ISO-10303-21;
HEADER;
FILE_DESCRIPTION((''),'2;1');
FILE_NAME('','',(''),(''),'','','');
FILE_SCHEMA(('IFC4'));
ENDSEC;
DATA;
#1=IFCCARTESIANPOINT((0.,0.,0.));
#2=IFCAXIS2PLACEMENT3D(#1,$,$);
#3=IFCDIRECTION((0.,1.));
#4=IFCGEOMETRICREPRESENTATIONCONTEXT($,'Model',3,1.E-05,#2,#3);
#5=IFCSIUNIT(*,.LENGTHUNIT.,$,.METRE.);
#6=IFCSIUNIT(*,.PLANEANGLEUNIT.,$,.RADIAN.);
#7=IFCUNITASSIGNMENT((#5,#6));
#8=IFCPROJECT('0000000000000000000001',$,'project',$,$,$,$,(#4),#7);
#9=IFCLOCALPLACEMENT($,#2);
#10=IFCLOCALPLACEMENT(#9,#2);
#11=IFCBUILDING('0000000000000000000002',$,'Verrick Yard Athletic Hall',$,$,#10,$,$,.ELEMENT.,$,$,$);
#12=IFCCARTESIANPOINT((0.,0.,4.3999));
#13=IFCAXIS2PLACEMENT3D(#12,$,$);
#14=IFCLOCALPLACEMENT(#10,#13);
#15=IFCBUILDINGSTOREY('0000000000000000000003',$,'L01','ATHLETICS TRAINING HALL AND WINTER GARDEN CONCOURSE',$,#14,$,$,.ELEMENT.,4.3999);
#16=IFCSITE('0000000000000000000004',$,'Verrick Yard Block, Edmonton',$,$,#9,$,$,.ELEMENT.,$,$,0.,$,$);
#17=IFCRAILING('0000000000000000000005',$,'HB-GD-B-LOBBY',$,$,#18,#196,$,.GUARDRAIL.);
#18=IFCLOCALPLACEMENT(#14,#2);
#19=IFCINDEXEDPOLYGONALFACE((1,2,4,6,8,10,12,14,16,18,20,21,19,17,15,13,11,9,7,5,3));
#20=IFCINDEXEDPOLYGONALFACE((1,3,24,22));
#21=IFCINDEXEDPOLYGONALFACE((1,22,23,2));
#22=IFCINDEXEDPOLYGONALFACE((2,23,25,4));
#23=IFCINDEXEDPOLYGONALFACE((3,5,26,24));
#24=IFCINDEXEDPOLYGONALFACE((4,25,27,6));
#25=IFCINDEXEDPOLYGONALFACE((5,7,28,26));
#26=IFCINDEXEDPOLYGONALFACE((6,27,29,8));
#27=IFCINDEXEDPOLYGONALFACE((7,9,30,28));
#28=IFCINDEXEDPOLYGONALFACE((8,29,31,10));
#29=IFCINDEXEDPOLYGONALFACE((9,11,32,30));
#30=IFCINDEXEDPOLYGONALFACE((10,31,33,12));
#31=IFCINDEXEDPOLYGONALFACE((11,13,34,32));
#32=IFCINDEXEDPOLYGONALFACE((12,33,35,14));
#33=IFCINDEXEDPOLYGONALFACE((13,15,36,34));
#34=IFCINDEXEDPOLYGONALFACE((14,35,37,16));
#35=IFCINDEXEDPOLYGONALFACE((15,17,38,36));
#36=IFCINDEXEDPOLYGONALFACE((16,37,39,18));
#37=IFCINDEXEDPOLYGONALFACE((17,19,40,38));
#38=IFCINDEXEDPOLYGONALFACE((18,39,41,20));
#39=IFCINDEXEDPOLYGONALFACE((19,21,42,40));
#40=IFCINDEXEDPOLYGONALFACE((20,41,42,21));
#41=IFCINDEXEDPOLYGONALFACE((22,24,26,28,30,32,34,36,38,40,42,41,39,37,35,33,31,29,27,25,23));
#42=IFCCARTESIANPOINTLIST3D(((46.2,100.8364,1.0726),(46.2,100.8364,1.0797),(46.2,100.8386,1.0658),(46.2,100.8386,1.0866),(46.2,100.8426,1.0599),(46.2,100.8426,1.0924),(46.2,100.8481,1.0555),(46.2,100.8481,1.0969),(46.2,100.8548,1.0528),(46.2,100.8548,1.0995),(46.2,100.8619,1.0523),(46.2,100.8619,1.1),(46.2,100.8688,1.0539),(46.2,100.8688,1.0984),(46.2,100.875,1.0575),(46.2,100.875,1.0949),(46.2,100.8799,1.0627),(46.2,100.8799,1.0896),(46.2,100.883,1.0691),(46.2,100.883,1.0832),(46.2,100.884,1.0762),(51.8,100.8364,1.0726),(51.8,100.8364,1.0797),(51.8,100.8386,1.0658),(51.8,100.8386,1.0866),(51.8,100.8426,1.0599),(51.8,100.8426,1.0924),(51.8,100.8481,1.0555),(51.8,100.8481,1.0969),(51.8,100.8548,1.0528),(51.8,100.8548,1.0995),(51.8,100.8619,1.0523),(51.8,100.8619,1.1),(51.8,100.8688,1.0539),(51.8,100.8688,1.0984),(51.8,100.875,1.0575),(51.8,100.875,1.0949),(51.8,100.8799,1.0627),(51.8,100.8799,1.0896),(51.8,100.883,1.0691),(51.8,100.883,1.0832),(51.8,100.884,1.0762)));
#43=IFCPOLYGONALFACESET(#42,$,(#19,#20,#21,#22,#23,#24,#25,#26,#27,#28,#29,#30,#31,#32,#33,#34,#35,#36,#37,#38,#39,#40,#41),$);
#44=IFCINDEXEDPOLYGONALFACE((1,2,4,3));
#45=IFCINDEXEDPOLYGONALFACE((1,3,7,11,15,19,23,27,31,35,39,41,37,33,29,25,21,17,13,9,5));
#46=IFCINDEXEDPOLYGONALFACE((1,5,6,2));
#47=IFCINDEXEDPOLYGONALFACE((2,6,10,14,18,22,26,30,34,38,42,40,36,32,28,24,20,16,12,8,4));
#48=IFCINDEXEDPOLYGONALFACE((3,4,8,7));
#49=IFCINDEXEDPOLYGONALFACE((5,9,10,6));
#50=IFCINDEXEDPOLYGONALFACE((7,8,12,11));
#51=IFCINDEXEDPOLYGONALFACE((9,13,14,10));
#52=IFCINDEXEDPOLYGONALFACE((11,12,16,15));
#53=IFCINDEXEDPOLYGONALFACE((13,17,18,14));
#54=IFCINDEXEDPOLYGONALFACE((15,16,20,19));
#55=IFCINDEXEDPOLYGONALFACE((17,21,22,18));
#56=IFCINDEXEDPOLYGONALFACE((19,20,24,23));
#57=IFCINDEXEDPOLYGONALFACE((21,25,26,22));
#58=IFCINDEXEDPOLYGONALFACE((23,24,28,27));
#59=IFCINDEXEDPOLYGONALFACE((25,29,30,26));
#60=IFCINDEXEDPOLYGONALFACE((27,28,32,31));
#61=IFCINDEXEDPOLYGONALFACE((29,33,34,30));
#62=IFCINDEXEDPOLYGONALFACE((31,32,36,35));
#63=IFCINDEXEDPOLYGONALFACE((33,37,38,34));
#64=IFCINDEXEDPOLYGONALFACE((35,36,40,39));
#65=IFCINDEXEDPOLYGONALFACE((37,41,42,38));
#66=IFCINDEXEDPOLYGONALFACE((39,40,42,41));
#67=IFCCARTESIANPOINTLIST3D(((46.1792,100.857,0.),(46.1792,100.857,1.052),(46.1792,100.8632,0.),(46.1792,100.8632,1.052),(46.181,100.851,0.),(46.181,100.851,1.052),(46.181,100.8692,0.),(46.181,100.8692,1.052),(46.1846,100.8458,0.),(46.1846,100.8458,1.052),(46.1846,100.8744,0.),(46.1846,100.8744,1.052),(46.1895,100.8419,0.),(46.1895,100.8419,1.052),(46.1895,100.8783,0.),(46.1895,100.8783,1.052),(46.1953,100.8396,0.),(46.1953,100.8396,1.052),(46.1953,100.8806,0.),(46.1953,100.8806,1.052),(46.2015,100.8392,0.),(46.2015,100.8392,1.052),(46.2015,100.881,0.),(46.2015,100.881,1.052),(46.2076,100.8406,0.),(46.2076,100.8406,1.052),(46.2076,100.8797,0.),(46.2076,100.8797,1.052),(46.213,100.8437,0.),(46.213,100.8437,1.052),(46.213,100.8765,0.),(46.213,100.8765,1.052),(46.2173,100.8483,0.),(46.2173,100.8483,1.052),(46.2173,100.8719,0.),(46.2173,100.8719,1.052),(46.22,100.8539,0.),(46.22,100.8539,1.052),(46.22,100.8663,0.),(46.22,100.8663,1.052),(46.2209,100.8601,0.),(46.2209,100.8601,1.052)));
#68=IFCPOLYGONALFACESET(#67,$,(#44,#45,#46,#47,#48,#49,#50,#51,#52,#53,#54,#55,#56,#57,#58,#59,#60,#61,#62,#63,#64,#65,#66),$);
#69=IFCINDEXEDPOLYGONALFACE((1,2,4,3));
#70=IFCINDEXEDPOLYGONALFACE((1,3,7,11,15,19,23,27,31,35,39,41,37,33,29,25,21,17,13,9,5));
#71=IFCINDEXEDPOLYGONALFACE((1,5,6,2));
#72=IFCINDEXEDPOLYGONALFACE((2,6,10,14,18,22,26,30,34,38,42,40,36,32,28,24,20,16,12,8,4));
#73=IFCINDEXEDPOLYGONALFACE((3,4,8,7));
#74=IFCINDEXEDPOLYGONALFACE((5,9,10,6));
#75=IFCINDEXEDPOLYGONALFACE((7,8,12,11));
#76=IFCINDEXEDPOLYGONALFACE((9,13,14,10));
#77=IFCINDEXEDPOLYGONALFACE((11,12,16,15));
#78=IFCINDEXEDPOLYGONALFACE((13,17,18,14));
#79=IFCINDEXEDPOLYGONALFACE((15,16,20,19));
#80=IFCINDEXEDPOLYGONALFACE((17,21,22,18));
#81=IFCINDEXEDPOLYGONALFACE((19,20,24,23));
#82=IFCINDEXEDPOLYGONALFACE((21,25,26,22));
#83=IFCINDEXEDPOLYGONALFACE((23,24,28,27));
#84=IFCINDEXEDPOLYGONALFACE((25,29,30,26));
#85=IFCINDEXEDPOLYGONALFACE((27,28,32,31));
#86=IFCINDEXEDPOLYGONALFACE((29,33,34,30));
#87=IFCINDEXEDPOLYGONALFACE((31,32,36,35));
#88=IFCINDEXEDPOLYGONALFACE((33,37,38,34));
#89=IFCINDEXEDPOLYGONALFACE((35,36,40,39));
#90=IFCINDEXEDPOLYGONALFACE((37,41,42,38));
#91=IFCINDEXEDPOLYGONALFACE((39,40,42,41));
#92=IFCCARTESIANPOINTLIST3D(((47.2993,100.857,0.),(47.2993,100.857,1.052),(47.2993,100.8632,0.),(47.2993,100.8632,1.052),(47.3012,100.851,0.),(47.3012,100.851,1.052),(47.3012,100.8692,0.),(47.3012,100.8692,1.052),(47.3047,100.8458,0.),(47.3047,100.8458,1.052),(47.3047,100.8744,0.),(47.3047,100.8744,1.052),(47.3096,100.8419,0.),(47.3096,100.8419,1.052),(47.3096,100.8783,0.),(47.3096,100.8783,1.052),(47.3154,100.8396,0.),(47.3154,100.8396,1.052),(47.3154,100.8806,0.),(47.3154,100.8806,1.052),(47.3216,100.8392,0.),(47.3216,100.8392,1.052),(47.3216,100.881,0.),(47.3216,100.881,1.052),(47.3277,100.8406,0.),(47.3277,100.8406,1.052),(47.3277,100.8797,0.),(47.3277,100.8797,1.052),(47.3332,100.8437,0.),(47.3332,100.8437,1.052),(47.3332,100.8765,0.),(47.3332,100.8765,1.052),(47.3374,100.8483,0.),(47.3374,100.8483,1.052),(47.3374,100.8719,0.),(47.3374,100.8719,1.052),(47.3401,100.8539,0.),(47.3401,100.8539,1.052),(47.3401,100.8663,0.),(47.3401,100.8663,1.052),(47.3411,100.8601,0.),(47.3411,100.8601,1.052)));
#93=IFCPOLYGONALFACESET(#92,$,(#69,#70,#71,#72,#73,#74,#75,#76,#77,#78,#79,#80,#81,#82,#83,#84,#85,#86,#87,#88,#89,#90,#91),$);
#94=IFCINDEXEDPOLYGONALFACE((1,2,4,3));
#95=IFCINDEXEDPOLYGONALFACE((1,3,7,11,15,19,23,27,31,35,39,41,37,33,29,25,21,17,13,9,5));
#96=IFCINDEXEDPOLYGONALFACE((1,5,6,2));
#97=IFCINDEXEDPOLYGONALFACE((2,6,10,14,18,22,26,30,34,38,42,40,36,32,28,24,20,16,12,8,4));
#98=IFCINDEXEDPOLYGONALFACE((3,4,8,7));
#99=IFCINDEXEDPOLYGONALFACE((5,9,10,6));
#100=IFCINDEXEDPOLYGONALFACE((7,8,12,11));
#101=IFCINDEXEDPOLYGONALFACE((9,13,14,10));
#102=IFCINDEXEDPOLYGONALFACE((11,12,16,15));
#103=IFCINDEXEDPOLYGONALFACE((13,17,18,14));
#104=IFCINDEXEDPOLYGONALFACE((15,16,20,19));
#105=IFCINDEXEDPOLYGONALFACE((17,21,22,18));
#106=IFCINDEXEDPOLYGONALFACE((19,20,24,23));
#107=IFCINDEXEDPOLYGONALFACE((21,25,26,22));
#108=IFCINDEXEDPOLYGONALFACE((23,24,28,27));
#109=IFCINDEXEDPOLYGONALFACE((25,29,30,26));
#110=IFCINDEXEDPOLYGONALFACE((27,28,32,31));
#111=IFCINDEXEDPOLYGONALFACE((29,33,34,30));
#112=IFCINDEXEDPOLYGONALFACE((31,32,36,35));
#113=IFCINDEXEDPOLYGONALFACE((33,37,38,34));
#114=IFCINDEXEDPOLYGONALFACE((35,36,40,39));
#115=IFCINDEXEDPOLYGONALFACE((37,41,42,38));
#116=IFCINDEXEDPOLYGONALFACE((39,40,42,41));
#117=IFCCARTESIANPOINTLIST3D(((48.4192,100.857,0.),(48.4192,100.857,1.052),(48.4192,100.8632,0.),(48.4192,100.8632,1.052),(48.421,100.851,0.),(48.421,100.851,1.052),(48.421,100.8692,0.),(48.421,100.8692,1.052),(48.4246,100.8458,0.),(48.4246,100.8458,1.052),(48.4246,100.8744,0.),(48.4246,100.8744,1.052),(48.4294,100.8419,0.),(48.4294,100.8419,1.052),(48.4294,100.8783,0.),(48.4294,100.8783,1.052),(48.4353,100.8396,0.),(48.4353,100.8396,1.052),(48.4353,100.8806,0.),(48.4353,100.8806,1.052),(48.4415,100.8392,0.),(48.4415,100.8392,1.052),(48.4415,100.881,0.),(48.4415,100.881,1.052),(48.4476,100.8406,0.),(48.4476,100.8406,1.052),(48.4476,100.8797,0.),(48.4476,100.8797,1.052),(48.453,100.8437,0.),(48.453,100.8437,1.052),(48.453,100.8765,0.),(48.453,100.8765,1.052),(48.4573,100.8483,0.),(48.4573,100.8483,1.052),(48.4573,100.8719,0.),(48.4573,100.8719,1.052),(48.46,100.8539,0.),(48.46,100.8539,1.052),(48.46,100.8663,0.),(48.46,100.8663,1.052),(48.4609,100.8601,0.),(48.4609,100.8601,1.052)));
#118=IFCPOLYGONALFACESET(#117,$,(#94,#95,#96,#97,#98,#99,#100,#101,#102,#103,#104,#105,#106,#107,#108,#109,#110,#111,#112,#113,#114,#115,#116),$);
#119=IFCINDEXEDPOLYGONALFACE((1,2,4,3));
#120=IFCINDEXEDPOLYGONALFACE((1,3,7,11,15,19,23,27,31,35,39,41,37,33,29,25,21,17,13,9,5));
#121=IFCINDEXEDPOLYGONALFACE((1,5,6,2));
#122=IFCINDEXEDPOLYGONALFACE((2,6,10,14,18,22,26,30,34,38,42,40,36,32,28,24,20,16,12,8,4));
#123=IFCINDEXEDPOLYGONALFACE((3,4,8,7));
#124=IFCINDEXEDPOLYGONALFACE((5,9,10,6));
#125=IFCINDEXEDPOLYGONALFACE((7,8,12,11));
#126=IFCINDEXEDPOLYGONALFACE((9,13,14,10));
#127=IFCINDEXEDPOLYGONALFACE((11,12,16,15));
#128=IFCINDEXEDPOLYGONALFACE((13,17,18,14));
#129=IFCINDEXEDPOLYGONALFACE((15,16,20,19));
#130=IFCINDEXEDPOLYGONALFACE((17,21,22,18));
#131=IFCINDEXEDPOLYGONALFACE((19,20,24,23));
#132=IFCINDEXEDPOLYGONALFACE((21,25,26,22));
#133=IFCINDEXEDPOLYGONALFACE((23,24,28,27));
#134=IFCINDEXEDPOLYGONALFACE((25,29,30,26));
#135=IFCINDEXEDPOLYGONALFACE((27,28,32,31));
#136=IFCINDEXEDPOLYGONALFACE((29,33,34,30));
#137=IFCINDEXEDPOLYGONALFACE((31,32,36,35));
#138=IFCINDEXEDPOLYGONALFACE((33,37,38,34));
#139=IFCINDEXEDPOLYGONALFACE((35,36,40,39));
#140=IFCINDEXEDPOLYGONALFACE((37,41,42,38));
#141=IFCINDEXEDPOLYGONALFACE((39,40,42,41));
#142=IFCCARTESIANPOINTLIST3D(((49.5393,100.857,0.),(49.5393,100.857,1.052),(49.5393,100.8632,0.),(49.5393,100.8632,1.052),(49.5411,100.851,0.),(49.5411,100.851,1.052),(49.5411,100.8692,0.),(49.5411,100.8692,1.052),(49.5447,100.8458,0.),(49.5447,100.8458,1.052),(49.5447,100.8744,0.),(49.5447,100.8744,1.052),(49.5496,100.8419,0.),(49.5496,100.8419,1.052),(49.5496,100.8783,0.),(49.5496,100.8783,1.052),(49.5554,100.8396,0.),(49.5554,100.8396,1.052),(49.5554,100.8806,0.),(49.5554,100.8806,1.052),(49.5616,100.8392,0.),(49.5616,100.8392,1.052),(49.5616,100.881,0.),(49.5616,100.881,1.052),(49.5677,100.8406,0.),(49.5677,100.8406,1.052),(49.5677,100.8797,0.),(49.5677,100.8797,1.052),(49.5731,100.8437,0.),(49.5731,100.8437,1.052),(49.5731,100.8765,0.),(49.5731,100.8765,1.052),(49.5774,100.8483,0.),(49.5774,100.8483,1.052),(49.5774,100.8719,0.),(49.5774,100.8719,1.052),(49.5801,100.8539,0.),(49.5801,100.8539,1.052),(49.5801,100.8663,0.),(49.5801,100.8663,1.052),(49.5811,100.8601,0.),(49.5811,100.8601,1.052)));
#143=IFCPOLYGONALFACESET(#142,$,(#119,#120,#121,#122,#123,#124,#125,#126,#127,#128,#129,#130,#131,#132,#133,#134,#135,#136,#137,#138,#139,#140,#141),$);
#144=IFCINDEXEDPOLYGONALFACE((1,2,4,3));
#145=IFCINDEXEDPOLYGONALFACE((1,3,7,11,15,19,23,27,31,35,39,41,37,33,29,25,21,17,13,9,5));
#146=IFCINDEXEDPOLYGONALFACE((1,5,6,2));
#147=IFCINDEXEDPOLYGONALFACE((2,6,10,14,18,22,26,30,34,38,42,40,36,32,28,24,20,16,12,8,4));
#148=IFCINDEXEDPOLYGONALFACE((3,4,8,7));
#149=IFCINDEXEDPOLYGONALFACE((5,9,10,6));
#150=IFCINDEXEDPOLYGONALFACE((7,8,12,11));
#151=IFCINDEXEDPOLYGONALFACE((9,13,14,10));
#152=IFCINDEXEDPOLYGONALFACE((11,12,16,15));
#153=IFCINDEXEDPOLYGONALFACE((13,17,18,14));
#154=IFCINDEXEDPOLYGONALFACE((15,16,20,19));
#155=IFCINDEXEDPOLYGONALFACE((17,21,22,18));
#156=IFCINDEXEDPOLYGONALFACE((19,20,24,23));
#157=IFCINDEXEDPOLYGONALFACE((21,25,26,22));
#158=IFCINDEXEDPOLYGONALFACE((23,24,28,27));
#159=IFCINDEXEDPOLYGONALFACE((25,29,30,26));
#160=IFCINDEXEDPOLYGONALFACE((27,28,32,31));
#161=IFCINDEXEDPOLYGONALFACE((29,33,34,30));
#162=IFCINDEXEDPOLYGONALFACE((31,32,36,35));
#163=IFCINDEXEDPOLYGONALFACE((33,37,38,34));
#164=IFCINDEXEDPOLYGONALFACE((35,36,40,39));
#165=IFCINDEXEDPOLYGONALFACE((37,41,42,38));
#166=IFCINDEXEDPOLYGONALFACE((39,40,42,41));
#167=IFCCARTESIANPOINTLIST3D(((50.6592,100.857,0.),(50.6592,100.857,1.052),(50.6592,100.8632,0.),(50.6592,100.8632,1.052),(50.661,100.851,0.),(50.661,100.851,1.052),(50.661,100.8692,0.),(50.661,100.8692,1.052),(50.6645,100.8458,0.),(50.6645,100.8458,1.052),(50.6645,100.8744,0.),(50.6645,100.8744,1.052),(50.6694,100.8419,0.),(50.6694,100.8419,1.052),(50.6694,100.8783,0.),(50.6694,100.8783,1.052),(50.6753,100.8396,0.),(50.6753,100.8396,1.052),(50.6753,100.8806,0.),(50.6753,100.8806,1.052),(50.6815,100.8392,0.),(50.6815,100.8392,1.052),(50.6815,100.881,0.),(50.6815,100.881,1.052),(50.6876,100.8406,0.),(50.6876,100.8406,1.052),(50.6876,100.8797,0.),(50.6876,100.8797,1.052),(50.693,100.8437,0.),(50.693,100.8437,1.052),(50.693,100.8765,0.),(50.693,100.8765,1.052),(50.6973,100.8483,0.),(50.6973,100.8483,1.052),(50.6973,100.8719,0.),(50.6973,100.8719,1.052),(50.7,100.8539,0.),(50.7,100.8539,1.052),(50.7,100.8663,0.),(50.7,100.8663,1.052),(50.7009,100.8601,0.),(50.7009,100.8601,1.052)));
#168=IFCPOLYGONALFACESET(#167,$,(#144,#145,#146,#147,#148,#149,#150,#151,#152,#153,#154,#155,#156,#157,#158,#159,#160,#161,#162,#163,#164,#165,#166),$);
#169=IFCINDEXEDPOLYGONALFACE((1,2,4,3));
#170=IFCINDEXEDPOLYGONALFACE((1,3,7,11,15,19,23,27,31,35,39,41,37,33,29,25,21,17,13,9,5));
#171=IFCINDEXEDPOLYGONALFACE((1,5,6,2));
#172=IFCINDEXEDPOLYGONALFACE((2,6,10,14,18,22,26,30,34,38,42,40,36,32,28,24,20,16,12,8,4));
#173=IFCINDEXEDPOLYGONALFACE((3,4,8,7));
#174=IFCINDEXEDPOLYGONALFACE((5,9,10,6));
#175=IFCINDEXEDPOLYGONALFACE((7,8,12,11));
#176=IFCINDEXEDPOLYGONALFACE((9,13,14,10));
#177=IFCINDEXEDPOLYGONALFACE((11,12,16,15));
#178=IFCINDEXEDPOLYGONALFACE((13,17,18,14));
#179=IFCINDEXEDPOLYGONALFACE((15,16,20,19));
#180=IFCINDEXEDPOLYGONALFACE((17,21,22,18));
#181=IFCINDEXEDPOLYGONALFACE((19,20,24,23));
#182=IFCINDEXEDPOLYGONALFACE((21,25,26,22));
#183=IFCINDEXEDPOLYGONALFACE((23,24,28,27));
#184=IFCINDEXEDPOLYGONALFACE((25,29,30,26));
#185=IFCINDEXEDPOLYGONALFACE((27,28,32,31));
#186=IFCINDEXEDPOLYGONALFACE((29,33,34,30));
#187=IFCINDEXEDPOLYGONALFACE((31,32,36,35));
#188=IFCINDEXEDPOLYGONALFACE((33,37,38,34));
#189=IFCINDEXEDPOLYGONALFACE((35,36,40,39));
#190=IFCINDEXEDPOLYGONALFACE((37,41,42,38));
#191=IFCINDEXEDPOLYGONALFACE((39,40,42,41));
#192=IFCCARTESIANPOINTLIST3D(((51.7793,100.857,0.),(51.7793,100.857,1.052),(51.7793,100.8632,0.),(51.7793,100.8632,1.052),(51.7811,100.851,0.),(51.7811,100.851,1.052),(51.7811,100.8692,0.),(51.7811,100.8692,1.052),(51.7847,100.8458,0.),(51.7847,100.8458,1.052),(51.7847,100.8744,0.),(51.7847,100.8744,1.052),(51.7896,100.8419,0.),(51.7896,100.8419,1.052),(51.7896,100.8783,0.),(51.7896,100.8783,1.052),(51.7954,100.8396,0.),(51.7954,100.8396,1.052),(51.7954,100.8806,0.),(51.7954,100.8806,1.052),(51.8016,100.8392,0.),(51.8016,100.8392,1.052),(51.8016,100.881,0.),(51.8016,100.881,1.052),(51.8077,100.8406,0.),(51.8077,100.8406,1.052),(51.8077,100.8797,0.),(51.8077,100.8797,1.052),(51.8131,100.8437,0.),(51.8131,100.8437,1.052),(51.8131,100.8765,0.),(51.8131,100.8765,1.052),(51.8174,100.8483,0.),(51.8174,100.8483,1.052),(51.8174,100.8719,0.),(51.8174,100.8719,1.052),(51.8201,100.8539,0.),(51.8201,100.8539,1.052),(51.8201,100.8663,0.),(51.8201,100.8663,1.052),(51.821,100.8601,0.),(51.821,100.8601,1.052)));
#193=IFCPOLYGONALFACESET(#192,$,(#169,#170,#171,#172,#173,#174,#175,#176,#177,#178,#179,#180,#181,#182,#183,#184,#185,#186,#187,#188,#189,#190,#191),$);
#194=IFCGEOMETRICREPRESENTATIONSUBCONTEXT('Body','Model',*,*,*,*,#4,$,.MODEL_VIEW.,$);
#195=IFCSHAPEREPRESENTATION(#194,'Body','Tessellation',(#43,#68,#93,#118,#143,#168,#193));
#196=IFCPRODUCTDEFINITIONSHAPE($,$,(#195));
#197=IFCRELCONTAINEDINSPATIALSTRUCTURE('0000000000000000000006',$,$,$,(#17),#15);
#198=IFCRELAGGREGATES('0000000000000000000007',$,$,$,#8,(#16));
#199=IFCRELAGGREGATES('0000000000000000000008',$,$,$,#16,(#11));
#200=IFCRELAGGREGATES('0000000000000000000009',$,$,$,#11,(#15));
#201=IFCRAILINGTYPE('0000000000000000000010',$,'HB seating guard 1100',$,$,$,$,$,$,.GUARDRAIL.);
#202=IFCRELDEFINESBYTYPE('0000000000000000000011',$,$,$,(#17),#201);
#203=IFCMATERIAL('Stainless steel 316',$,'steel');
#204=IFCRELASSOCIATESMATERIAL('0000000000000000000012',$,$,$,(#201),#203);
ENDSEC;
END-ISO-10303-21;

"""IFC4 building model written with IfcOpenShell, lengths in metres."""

from ifc_helpers import new_model, si_unit, direction, frame, origin, origin_2d, place, context, subcontext, project, spatial, circle, extrude, material, type_object, element, save


model = new_model("IFC4")

# Units and contexts
model_context = context("Model", 3, precision=1e-05, world=origin(), true_north=direction((0.0, 1.0)))
body_context = subcontext(model_context, "Body", "Model", "MODEL_VIEW")
ifc_project = project(units=[si_unit("LENGTHUNIT", "METRE"), si_unit("PLANEANGLEUNIT", "RADIAN")], contexts=[model_context])

# Site, building, storey
site_placement = place(None, origin())
site = spatial("IfcSite", under=ifc_project, at=site_placement, Name="Verrick Yard Block, Edmonton", CompositionType="ELEMENT", RefElevation=0.0)
building_placement = place(site_placement, origin())
building = spatial("IfcBuilding", under=site, at=building_placement, Name="Verrick Yard Athletic Hall", CompositionType="ELEMENT")
storey_placement = place(building_placement, frame((0.0, 0.0, 4.3999)))
storey = spatial("IfcBuildingStorey", under=building, at=storey_placement, Name="L01", Description="ATHLETICS TRAINING HALL AND WINTER GARDEN CONCOURSE", CompositionType="ELEMENT", Elevation=4.3999)

# Railing
ifc_material_1 = material(Name="Stainless steel 316", Category="steel")
railing_type = type_object("IfcRailingType", Name="HB seating guard 1100", PredefinedType="GUARDRAIL", material=ifc_material_1)
railing_placement = place(storey_placement, frame((46.2, 100.8601, 0.0)))
element("IfcRailing", 1, at=railing_placement, inside=storey, type_object=railing_type, Name="HB-GD-B-LOBBY", PredefinedType="GUARDRAIL", context=body_context, shape_type="SweptSolid", body=[
    extrude(circle(Radius=0.0239, at=origin_2d()), frame((0.0, 0.0, 1.0762), z_axis=(1.0, 0.0, 0.0), x_axis=(0.0, 1.0, 0.0)), (0.0, 0.0, 1.0), 5.6001),
    extrude(circle(Radius=0.021, at=origin_2d()), origin(), (0.0, 0.0, 1.0), 1.052),
    extrude(circle(Radius=0.021, at=origin_2d()), frame((1.1201, 0.0, 0.0)), (0.0, 0.0, 1.0), 1.052),
    extrude(circle(Radius=0.021, at=origin_2d()), frame((2.24, 0.0, 0.0)), (0.0, 0.0, 1.0), 1.052),
    extrude(circle(Radius=0.021, at=origin_2d()), frame((3.3601, 0.0, 0.0)), (0.0, 0.0, 1.0), 1.052),
    extrude(circle(Radius=0.021, at=origin_2d()), frame((4.48, 0.0, 0.0)), (0.0, 0.0, 1.0), 1.052),
    extrude(circle(Radius=0.021, at=origin_2d()), frame((5.6001, 0.0, 0.0)), (0.0, 0.0, 1.0), 1.052),
])

save(model, "model.ifc")
